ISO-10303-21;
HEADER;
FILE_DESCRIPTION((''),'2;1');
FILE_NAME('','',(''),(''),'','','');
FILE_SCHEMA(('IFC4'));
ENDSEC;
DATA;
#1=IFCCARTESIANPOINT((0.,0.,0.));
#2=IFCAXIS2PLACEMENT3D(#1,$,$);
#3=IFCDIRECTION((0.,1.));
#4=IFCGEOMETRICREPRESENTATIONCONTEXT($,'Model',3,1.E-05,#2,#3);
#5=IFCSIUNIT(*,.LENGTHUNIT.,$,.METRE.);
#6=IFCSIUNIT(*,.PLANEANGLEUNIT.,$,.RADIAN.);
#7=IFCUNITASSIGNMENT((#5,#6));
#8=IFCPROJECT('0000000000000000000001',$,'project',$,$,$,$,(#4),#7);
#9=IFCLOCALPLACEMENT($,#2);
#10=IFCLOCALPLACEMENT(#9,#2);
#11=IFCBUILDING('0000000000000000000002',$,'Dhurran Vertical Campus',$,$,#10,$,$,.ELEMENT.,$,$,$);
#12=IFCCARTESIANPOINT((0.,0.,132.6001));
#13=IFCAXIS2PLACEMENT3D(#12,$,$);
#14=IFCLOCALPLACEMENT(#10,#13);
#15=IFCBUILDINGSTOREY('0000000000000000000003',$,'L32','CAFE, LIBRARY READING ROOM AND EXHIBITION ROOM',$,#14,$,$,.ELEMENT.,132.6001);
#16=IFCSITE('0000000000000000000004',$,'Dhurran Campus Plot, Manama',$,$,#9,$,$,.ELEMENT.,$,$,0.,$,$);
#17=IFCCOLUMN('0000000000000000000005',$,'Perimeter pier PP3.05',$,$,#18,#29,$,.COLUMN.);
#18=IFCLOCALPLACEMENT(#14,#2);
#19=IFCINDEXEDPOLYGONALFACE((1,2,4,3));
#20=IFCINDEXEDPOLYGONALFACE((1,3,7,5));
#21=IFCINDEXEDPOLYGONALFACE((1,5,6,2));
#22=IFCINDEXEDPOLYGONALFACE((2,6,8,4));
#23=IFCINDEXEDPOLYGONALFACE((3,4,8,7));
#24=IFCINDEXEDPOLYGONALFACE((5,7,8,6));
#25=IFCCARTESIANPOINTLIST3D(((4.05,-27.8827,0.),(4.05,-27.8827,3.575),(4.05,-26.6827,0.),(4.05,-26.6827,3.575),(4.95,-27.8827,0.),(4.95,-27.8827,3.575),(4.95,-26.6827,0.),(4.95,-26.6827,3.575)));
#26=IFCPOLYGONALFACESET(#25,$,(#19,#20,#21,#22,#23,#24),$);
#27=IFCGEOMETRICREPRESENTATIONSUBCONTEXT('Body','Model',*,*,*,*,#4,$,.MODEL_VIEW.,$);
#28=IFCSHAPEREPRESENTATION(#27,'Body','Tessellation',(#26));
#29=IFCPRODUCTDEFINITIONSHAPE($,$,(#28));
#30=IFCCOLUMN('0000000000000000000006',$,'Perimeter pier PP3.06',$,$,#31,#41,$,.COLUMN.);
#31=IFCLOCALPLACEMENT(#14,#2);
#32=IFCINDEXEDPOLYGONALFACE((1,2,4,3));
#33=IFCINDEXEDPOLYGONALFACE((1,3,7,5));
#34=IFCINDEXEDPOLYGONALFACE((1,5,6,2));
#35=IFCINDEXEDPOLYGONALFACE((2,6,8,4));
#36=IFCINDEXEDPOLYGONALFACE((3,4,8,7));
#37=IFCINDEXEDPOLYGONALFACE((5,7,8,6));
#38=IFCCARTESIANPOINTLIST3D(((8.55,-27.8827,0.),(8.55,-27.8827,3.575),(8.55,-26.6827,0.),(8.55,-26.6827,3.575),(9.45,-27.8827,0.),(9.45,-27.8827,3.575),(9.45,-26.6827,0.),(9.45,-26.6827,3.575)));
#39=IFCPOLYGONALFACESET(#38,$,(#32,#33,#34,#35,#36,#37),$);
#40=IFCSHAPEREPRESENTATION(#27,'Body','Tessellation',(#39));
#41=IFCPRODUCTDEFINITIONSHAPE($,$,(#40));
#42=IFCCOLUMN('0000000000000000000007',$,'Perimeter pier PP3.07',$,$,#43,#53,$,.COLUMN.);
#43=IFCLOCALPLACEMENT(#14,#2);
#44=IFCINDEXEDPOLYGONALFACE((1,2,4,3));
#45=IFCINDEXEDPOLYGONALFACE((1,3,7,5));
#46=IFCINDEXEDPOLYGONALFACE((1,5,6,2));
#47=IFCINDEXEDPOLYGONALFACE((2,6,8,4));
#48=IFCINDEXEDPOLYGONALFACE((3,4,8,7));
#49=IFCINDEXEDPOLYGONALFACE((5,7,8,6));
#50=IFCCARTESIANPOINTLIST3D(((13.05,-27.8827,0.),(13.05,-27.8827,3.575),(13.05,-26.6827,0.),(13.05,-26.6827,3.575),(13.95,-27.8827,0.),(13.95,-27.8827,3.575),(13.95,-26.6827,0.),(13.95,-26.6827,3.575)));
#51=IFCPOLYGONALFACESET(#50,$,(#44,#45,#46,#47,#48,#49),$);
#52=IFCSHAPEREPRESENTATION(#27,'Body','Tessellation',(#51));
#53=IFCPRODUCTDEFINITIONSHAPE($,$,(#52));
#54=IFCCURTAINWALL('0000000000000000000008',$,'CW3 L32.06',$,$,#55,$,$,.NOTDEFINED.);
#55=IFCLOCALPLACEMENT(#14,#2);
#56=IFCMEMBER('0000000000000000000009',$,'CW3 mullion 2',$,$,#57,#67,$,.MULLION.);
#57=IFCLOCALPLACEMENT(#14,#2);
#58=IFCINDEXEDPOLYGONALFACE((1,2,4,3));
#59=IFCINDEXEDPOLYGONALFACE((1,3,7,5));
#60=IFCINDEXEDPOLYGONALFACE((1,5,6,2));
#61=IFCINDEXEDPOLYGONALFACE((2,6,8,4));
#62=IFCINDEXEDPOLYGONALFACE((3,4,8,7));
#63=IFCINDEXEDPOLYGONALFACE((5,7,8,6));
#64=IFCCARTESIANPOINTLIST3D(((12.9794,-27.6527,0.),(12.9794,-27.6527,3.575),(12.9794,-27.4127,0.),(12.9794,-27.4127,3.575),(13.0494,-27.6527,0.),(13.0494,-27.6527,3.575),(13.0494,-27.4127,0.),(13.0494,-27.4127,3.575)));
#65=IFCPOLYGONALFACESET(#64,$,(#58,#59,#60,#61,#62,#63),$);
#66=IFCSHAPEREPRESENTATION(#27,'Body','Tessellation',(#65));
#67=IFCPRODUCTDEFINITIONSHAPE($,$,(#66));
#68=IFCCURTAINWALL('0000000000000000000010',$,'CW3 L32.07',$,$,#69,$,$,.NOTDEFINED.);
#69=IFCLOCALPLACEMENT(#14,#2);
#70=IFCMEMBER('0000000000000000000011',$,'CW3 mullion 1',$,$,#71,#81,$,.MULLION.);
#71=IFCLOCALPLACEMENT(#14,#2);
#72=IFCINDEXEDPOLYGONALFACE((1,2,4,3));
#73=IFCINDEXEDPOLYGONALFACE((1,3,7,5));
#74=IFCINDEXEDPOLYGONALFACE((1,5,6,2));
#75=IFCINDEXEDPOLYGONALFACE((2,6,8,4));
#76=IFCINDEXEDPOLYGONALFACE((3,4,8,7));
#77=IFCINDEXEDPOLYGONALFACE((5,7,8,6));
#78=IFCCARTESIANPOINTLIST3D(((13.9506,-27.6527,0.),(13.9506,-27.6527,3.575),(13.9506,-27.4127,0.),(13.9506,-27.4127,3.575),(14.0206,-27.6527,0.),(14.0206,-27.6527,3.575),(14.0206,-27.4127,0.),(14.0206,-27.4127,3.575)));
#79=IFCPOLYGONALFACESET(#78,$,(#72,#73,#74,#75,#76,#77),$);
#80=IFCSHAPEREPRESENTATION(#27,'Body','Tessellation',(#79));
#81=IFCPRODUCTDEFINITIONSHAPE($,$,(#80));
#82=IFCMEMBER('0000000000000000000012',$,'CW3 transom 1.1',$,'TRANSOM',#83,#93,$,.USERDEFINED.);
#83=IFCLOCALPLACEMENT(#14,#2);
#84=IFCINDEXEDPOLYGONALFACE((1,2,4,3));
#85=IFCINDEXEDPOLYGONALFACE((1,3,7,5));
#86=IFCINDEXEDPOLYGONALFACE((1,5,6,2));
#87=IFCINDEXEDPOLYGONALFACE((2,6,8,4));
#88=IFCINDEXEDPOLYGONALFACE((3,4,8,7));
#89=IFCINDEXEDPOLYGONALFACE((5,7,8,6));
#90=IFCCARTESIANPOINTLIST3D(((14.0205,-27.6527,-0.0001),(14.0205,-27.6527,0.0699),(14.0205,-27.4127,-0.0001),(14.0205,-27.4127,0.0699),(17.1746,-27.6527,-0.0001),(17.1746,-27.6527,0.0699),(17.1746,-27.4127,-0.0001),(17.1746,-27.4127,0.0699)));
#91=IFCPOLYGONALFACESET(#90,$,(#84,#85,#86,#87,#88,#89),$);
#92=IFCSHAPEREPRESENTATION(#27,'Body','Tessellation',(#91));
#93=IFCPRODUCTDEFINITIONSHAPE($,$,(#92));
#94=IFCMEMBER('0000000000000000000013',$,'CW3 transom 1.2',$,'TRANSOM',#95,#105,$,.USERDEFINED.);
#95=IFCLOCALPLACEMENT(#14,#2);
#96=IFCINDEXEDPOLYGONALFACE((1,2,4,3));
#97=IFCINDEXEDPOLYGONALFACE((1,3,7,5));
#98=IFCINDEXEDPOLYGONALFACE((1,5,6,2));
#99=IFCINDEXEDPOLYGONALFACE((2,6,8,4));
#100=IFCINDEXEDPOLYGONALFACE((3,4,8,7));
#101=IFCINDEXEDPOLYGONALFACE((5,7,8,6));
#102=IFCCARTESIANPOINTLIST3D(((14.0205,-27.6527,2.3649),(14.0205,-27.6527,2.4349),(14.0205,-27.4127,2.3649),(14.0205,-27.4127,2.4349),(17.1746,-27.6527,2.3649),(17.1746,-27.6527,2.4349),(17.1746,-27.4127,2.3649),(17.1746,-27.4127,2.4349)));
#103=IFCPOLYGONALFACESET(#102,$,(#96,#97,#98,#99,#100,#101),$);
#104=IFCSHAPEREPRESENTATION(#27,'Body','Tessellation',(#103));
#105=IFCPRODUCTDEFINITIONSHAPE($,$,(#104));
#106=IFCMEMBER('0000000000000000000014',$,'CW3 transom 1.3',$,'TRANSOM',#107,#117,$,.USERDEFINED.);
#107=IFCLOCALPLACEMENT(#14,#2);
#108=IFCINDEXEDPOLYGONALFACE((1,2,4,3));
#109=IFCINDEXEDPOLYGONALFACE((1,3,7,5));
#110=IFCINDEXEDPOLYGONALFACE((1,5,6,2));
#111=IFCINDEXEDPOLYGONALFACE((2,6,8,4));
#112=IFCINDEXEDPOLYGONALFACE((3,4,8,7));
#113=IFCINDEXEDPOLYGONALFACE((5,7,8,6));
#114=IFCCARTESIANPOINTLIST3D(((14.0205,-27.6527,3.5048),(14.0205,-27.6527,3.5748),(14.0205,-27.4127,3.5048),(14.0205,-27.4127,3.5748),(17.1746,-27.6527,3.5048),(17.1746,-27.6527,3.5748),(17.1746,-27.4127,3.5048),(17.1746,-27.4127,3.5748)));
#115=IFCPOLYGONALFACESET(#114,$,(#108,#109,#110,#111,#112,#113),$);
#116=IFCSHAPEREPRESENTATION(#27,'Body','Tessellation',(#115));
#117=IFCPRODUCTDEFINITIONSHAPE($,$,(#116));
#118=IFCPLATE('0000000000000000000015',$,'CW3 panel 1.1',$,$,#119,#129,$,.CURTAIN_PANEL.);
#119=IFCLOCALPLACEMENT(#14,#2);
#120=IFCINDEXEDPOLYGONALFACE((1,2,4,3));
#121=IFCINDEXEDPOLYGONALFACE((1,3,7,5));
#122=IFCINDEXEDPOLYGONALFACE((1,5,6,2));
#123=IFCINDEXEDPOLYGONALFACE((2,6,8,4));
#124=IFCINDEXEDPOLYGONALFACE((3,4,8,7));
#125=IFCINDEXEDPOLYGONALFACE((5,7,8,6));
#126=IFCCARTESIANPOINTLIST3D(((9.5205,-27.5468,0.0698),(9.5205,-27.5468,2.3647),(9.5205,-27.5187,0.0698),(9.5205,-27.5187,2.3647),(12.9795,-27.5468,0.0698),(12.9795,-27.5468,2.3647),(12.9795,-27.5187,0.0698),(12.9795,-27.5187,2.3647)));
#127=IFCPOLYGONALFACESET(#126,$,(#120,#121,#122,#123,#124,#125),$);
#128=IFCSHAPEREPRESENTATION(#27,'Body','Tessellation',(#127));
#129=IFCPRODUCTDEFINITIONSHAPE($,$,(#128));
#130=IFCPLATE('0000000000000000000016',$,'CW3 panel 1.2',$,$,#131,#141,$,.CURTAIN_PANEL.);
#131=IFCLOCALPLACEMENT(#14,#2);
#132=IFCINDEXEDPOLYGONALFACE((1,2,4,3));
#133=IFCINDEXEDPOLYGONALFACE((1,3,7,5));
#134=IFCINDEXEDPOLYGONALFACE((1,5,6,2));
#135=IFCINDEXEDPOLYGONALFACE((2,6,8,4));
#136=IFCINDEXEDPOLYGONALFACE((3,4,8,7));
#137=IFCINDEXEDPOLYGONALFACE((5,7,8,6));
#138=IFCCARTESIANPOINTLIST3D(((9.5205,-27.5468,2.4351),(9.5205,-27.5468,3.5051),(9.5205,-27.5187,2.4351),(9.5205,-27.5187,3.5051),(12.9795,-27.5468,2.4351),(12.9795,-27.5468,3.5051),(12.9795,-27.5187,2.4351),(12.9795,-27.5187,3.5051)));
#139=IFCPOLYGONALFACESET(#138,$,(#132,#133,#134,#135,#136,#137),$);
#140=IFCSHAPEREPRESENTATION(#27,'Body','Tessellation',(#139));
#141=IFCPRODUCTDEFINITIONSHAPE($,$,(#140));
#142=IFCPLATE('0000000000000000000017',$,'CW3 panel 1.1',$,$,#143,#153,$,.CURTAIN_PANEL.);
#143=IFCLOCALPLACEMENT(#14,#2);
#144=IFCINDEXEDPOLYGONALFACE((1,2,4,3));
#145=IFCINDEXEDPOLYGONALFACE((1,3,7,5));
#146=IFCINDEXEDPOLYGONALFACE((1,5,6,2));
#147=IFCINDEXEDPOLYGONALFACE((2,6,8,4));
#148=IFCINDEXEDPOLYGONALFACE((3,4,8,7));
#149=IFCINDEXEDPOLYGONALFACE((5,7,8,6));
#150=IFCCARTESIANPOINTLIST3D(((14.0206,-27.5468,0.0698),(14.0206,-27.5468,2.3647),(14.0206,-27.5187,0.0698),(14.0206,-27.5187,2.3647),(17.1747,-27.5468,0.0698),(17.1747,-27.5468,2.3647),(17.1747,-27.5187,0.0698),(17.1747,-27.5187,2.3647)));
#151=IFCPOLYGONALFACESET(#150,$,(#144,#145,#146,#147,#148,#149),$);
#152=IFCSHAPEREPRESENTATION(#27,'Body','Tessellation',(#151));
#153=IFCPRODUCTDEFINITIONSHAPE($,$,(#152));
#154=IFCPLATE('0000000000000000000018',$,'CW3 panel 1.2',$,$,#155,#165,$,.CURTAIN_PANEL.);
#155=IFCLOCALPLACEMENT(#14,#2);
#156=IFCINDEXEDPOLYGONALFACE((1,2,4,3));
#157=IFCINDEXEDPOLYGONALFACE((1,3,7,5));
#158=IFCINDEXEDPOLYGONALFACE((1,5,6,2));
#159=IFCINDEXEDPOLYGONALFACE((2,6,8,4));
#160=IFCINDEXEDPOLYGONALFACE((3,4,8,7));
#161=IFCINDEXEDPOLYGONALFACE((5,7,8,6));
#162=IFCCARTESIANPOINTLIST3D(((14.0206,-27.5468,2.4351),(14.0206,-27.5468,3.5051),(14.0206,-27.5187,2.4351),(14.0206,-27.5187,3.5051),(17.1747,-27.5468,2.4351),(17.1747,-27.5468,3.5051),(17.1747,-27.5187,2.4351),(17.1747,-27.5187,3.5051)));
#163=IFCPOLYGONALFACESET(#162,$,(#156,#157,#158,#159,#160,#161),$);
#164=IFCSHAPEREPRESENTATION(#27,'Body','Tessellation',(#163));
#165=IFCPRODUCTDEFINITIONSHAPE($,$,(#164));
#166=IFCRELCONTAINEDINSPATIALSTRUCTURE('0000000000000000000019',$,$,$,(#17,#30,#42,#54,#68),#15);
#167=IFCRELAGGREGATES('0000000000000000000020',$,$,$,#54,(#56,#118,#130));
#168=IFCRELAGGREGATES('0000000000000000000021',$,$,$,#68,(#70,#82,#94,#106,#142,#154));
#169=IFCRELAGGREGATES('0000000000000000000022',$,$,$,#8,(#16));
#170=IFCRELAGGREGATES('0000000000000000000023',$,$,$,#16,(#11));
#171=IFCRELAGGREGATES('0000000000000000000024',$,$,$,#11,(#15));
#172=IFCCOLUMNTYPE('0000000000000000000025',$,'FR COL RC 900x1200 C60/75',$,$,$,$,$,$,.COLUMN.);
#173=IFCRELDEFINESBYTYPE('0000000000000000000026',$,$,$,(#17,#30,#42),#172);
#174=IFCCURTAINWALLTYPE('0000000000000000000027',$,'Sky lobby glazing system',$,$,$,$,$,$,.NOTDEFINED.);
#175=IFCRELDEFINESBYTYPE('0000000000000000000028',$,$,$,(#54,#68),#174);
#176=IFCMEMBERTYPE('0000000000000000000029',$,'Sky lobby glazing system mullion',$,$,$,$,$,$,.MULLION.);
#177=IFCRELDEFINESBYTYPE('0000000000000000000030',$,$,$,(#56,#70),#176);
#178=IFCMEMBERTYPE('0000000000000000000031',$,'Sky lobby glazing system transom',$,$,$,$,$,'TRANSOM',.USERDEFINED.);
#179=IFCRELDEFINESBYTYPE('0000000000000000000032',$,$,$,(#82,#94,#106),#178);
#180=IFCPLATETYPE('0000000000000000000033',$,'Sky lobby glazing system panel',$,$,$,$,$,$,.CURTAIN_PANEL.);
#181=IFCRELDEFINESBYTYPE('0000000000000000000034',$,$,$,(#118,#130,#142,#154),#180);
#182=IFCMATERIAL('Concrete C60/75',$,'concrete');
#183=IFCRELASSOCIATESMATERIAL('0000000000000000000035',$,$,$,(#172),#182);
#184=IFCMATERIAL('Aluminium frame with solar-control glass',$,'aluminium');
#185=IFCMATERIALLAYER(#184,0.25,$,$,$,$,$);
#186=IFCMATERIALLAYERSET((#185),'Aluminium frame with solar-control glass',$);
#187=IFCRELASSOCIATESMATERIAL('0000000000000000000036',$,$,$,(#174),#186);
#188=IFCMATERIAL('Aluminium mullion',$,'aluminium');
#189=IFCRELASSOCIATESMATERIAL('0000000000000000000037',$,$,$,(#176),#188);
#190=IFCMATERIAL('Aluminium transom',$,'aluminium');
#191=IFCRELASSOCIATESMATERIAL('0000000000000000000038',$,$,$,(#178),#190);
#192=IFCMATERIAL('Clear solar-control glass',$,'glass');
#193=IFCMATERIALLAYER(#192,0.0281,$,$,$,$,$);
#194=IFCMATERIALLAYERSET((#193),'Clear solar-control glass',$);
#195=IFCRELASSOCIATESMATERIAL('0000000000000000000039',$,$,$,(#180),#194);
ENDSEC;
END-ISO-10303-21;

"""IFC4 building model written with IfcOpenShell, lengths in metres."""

from ifc_helpers import new_model, si_unit, direction, frame, origin, origin_2d, place, context, subcontext, project, spatial, rectangle, extrude, material, layer, layer_set, material_profile, profile_set, type_object, element, aggregate, save


model = new_model("IFC4")

# Units and contexts
model_context = context("Model", 3, precision=1e-05, world=origin(), true_north=direction((0.0, 1.0)))
body_context = subcontext(model_context, "Body", "Model", "MODEL_VIEW")
ifc_project = project(units=[si_unit("LENGTHUNIT", "METRE"), si_unit("PLANEANGLEUNIT", "RADIAN")], contexts=[model_context])

# Site, building, storey
site_placement = place(None, origin())
site = spatial("IfcSite", under=ifc_project, at=site_placement, Name="Dhurran Campus Plot, Manama", CompositionType="ELEMENT", RefElevation=0.0)
building_placement = place(site_placement, origin())
building = spatial("IfcBuilding", under=site, at=building_placement, Name="Dhurran Vertical Campus", CompositionType="ELEMENT")
storey_placement = place(building_placement, frame((0.0, 0.0, 132.6001)))
storey = spatial("IfcBuildingStorey", under=building, at=storey_placement, Name="L32", Description="CAFE, LIBRARY READING ROOM AND EXHIBITION ROOM", CompositionType="ELEMENT", Elevation=132.6001)

# Columns
ifc_material_1 = material(Name="Concrete C60/75", Category="concrete")
ifc_material_profile_1 = material_profile(ifc_material_1, rectangle(XDim=0.8999, YDim=1.2, at=origin_2d()), Name="RC 900x1200")
ifc_profile_set_1 = profile_set([ifc_material_profile_1], Name="Concrete C60/75")
column_type = type_object("IfcColumnType", Name="FR COL RC 900x1200 C60/75", PredefinedType="COLUMN", material=ifc_profile_set_1)
for number, where, z_axis, x_axis, name in (
    (1, (4.5, -27.2827, 0.0), (0.0, 0.0, 1.0), (1.0, 0.0, 0.0), "Perimeter pier PP3.05"),
    (2, (9.0, -27.2827, 0.0), (0.0, 0.0, 1.0), (1.0, 0.0, 0.0), "Perimeter pier PP3.06"),
    (3, (13.5, -27.2827, 0.0), (0.0, 0.0, 1.0), (1.0, 0.0, 0.0), "Perimeter pier PP3.07"),
):
    element("IfcColumn", number, at=place(storey_placement, frame(where, z_axis=z_axis, x_axis=x_axis)), inside=storey, type_object=column_type, Name=name, PredefinedType="COLUMN", context=body_context, shape_type="SweptSolid", body=[
        extrude(rectangle(XDim=0.8999, YDim=1.2, at=origin_2d()), origin(), (0.0, 0.0, 1.0), 3.575),
    ])

# Curtain wall, member
ifc_material_2 = material(Name="Aluminium frame with solar-control glass", Category="aluminium")
ifc_layer_1 = layer(ifc_material_2, 0.25)
ifc_layer_set_1 = layer_set([ifc_layer_1], Name="Aluminium frame with solar-control glass")
curtain_wall_type = type_object("IfcCurtainWallType", Name="Sky lobby glazing system", PredefinedType="NOTDEFINED", material=ifc_layer_set_1)
curtain_wall_1_placement = place(storey_placement, origin())
curtain_wall_1 = element("IfcCurtainWall", 4, at=curtain_wall_1_placement, inside=storey, type_object=curtain_wall_type, Name="CW3 L32.06", PredefinedType="NOTDEFINED")
ifc_material_3 = material(Name="Aluminium mullion", Category="aluminium")
ifc_material_profile_2 = material_profile(ifc_material_3, rectangle(XDim=0.24, YDim=0.0701, at=origin_2d()), Name="Sky lobby glazing system mullion")
ifc_profile_set_2 = profile_set([ifc_material_profile_2], Name="Aluminium mullion")
member_type_1 = type_object("IfcMemberType", Name="Sky lobby glazing system mullion", PredefinedType="MULLION", material=ifc_profile_set_2)
member_1_placement = place(storey_placement, frame((13.0144, -27.5327, 0.0), z_axis=(0.0, 0.0, 1.0), x_axis=(0.0, 1.0, 0.0)))
member_1 = element("IfcMember", 5, at=member_1_placement, type_object=member_type_1, Name="CW3 mullion 2", PredefinedType="MULLION", context=body_context, shape_type="SweptSolid", body=[
    extrude(rectangle(XDim=0.24, YDim=0.0701, at=origin_2d()), origin(), (0.0, 0.0, 1.0), 3.575),
])

# Curtain wall, members
curtain_wall_2_placement = place(storey_placement, origin())
curtain_wall_2 = element("IfcCurtainWall", 6, at=curtain_wall_2_placement, inside=storey, type_object=curtain_wall_type, Name="CW3 L32.07", PredefinedType="NOTDEFINED")
member_2_placement = place(storey_placement, frame((13.9856, -27.5327, 0.0), z_axis=(0.0, 0.0, 1.0), x_axis=(0.0, 1.0, 0.0)))
member_2 = element("IfcMember", 7, at=member_2_placement, type_object=member_type_1, Name="CW3 mullion 1", PredefinedType="MULLION", context=body_context, shape_type="SweptSolid", body=[
    extrude(rectangle(XDim=0.24, YDim=0.0701, at=origin_2d()), origin(), (0.0, 0.0, 1.0), 3.575),
])
ifc_material_4 = material(Name="Aluminium transom", Category="aluminium")
ifc_material_profile_3 = material_profile(ifc_material_4, rectangle(XDim=0.24, YDim=0.0701, at=origin_2d()), Name="Sky lobby glazing system transom")
ifc_profile_set_3 = profile_set([ifc_material_profile_3], Name="Aluminium transom")
member_type_2 = type_object("IfcMemberType", Name="Sky lobby glazing system transom", ElementType="TRANSOM", PredefinedType="USERDEFINED", material=ifc_profile_set_3)
member_3_placement = place(storey_placement, frame((14.0205, -27.5327, 0.0349), z_axis=(1.0, 0.0, 0.0), x_axis=(0.0, 1.0, 0.0)))
member_3 = element("IfcMember", 8, at=member_3_placement, type_object=member_type_2, Name="CW3 transom 1.1", ObjectType="TRANSOM", PredefinedType="USERDEFINED", context=body_context, shape_type="SweptSolid", body=[
    extrude(rectangle(XDim=0.24, YDim=0.0701, at=origin_2d()), origin(), (0.0, 0.0, 1.0), 3.1541),
])
member_4_placement = place(storey_placement, frame((14.0205, -27.5327, 2.3999), z_axis=(1.0, 0.0, 0.0), x_axis=(0.0, 1.0, 0.0)))
member_4 = element("IfcMember", 9, at=member_4_placement, type_object=member_type_2, Name="CW3 transom 1.2", ObjectType="TRANSOM", PredefinedType="USERDEFINED", context=body_context, shape_type="SweptSolid", body=[
    extrude(rectangle(XDim=0.24, YDim=0.0701, at=origin_2d()), origin(), (0.0, 0.0, 1.0), 3.1541),
])
member_5_placement = place(storey_placement, frame((14.0205, -27.5327, 3.5398), z_axis=(1.0, 0.0, 0.0), x_axis=(0.0, 1.0, 0.0)))
member_5 = element("IfcMember", 10, at=member_5_placement, type_object=member_type_2, Name="CW3 transom 1.3", ObjectType="TRANSOM", PredefinedType="USERDEFINED", context=body_context, shape_type="SweptSolid", body=[
    extrude(rectangle(XDim=0.24, YDim=0.0701, at=origin_2d()), origin(), (0.0, 0.0, 1.0), 3.1541),
])

# Plates
ifc_material_5 = material(Name="Clear solar-control glass", Category="glass")
ifc_layer_2 = layer(ifc_material_5, 0.0281)
ifc_layer_set_2 = layer_set([ifc_layer_2], Name="Clear solar-control glass")
plate_type = type_object("IfcPlateType", Name="Sky lobby glazing system panel", PredefinedType="CURTAIN_PANEL", material=ifc_layer_set_2)
plate_1_placement = place(storey_placement, frame((11.25, -27.5327, 0.0698), z_axis=(0.0, 0.0, 1.0), x_axis=(1.0, 0.0, 0.0)))
plate_1 = element("IfcPlate", 11, at=plate_1_placement, type_object=plate_type, Name="CW3 panel 1.1", PredefinedType="CURTAIN_PANEL", context=body_context, shape_type="SweptSolid", body=[
    extrude(rectangle(XDim=3.459, YDim=0.0281, at=origin_2d()), origin(), (0.0, 0.0, 1.0), 2.2949),
])
plate_2_placement = place(storey_placement, frame((11.25, -27.5327, 2.4351), z_axis=(0.0, 0.0, 1.0), x_axis=(1.0, 0.0, 0.0)))
plate_2 = element("IfcPlate", 12, at=plate_2_placement, type_object=plate_type, Name="CW3 panel 1.2", PredefinedType="CURTAIN_PANEL", context=body_context, shape_type="SweptSolid", body=[
    extrude(rectangle(XDim=3.459, YDim=0.0281, at=origin_2d()), origin(), (0.0, 0.0, 1.0), 1.0701),
])
aggregate(curtain_wall_1, [member_1, plate_1, plate_2])
plate_3_placement = place(storey_placement, frame((15.5977, -27.5327, 0.0698), z_axis=(0.0, 0.0, 1.0), x_axis=(1.0, 0.0, 0.0)))
plate_3 = element("IfcPlate", 13, at=plate_3_placement, type_object=plate_type, Name="CW3 panel 1.1", PredefinedType="CURTAIN_PANEL", context=body_context, shape_type="SweptSolid", body=[
    extrude(rectangle(XDim=3.1541, YDim=0.0281, at=origin_2d()), origin(), (0.0, 0.0, 1.0), 2.2949),
])
plate_4_placement = place(storey_placement, frame((15.5977, -27.5327, 2.4351), z_axis=(0.0, 0.0, 1.0), x_axis=(1.0, 0.0, 0.0)))
plate_4 = element("IfcPlate", 14, at=plate_4_placement, type_object=plate_type, Name="CW3 panel 1.2", PredefinedType="CURTAIN_PANEL", context=body_context, shape_type="SweptSolid", body=[
    extrude(rectangle(XDim=3.1541, YDim=0.0281, at=origin_2d()), origin(), (0.0, 0.0, 1.0), 1.0701),
])
aggregate(curtain_wall_2, [member_2, member_3, member_4, member_5, plate_3, plate_4])

save(model, "model.ifc")
